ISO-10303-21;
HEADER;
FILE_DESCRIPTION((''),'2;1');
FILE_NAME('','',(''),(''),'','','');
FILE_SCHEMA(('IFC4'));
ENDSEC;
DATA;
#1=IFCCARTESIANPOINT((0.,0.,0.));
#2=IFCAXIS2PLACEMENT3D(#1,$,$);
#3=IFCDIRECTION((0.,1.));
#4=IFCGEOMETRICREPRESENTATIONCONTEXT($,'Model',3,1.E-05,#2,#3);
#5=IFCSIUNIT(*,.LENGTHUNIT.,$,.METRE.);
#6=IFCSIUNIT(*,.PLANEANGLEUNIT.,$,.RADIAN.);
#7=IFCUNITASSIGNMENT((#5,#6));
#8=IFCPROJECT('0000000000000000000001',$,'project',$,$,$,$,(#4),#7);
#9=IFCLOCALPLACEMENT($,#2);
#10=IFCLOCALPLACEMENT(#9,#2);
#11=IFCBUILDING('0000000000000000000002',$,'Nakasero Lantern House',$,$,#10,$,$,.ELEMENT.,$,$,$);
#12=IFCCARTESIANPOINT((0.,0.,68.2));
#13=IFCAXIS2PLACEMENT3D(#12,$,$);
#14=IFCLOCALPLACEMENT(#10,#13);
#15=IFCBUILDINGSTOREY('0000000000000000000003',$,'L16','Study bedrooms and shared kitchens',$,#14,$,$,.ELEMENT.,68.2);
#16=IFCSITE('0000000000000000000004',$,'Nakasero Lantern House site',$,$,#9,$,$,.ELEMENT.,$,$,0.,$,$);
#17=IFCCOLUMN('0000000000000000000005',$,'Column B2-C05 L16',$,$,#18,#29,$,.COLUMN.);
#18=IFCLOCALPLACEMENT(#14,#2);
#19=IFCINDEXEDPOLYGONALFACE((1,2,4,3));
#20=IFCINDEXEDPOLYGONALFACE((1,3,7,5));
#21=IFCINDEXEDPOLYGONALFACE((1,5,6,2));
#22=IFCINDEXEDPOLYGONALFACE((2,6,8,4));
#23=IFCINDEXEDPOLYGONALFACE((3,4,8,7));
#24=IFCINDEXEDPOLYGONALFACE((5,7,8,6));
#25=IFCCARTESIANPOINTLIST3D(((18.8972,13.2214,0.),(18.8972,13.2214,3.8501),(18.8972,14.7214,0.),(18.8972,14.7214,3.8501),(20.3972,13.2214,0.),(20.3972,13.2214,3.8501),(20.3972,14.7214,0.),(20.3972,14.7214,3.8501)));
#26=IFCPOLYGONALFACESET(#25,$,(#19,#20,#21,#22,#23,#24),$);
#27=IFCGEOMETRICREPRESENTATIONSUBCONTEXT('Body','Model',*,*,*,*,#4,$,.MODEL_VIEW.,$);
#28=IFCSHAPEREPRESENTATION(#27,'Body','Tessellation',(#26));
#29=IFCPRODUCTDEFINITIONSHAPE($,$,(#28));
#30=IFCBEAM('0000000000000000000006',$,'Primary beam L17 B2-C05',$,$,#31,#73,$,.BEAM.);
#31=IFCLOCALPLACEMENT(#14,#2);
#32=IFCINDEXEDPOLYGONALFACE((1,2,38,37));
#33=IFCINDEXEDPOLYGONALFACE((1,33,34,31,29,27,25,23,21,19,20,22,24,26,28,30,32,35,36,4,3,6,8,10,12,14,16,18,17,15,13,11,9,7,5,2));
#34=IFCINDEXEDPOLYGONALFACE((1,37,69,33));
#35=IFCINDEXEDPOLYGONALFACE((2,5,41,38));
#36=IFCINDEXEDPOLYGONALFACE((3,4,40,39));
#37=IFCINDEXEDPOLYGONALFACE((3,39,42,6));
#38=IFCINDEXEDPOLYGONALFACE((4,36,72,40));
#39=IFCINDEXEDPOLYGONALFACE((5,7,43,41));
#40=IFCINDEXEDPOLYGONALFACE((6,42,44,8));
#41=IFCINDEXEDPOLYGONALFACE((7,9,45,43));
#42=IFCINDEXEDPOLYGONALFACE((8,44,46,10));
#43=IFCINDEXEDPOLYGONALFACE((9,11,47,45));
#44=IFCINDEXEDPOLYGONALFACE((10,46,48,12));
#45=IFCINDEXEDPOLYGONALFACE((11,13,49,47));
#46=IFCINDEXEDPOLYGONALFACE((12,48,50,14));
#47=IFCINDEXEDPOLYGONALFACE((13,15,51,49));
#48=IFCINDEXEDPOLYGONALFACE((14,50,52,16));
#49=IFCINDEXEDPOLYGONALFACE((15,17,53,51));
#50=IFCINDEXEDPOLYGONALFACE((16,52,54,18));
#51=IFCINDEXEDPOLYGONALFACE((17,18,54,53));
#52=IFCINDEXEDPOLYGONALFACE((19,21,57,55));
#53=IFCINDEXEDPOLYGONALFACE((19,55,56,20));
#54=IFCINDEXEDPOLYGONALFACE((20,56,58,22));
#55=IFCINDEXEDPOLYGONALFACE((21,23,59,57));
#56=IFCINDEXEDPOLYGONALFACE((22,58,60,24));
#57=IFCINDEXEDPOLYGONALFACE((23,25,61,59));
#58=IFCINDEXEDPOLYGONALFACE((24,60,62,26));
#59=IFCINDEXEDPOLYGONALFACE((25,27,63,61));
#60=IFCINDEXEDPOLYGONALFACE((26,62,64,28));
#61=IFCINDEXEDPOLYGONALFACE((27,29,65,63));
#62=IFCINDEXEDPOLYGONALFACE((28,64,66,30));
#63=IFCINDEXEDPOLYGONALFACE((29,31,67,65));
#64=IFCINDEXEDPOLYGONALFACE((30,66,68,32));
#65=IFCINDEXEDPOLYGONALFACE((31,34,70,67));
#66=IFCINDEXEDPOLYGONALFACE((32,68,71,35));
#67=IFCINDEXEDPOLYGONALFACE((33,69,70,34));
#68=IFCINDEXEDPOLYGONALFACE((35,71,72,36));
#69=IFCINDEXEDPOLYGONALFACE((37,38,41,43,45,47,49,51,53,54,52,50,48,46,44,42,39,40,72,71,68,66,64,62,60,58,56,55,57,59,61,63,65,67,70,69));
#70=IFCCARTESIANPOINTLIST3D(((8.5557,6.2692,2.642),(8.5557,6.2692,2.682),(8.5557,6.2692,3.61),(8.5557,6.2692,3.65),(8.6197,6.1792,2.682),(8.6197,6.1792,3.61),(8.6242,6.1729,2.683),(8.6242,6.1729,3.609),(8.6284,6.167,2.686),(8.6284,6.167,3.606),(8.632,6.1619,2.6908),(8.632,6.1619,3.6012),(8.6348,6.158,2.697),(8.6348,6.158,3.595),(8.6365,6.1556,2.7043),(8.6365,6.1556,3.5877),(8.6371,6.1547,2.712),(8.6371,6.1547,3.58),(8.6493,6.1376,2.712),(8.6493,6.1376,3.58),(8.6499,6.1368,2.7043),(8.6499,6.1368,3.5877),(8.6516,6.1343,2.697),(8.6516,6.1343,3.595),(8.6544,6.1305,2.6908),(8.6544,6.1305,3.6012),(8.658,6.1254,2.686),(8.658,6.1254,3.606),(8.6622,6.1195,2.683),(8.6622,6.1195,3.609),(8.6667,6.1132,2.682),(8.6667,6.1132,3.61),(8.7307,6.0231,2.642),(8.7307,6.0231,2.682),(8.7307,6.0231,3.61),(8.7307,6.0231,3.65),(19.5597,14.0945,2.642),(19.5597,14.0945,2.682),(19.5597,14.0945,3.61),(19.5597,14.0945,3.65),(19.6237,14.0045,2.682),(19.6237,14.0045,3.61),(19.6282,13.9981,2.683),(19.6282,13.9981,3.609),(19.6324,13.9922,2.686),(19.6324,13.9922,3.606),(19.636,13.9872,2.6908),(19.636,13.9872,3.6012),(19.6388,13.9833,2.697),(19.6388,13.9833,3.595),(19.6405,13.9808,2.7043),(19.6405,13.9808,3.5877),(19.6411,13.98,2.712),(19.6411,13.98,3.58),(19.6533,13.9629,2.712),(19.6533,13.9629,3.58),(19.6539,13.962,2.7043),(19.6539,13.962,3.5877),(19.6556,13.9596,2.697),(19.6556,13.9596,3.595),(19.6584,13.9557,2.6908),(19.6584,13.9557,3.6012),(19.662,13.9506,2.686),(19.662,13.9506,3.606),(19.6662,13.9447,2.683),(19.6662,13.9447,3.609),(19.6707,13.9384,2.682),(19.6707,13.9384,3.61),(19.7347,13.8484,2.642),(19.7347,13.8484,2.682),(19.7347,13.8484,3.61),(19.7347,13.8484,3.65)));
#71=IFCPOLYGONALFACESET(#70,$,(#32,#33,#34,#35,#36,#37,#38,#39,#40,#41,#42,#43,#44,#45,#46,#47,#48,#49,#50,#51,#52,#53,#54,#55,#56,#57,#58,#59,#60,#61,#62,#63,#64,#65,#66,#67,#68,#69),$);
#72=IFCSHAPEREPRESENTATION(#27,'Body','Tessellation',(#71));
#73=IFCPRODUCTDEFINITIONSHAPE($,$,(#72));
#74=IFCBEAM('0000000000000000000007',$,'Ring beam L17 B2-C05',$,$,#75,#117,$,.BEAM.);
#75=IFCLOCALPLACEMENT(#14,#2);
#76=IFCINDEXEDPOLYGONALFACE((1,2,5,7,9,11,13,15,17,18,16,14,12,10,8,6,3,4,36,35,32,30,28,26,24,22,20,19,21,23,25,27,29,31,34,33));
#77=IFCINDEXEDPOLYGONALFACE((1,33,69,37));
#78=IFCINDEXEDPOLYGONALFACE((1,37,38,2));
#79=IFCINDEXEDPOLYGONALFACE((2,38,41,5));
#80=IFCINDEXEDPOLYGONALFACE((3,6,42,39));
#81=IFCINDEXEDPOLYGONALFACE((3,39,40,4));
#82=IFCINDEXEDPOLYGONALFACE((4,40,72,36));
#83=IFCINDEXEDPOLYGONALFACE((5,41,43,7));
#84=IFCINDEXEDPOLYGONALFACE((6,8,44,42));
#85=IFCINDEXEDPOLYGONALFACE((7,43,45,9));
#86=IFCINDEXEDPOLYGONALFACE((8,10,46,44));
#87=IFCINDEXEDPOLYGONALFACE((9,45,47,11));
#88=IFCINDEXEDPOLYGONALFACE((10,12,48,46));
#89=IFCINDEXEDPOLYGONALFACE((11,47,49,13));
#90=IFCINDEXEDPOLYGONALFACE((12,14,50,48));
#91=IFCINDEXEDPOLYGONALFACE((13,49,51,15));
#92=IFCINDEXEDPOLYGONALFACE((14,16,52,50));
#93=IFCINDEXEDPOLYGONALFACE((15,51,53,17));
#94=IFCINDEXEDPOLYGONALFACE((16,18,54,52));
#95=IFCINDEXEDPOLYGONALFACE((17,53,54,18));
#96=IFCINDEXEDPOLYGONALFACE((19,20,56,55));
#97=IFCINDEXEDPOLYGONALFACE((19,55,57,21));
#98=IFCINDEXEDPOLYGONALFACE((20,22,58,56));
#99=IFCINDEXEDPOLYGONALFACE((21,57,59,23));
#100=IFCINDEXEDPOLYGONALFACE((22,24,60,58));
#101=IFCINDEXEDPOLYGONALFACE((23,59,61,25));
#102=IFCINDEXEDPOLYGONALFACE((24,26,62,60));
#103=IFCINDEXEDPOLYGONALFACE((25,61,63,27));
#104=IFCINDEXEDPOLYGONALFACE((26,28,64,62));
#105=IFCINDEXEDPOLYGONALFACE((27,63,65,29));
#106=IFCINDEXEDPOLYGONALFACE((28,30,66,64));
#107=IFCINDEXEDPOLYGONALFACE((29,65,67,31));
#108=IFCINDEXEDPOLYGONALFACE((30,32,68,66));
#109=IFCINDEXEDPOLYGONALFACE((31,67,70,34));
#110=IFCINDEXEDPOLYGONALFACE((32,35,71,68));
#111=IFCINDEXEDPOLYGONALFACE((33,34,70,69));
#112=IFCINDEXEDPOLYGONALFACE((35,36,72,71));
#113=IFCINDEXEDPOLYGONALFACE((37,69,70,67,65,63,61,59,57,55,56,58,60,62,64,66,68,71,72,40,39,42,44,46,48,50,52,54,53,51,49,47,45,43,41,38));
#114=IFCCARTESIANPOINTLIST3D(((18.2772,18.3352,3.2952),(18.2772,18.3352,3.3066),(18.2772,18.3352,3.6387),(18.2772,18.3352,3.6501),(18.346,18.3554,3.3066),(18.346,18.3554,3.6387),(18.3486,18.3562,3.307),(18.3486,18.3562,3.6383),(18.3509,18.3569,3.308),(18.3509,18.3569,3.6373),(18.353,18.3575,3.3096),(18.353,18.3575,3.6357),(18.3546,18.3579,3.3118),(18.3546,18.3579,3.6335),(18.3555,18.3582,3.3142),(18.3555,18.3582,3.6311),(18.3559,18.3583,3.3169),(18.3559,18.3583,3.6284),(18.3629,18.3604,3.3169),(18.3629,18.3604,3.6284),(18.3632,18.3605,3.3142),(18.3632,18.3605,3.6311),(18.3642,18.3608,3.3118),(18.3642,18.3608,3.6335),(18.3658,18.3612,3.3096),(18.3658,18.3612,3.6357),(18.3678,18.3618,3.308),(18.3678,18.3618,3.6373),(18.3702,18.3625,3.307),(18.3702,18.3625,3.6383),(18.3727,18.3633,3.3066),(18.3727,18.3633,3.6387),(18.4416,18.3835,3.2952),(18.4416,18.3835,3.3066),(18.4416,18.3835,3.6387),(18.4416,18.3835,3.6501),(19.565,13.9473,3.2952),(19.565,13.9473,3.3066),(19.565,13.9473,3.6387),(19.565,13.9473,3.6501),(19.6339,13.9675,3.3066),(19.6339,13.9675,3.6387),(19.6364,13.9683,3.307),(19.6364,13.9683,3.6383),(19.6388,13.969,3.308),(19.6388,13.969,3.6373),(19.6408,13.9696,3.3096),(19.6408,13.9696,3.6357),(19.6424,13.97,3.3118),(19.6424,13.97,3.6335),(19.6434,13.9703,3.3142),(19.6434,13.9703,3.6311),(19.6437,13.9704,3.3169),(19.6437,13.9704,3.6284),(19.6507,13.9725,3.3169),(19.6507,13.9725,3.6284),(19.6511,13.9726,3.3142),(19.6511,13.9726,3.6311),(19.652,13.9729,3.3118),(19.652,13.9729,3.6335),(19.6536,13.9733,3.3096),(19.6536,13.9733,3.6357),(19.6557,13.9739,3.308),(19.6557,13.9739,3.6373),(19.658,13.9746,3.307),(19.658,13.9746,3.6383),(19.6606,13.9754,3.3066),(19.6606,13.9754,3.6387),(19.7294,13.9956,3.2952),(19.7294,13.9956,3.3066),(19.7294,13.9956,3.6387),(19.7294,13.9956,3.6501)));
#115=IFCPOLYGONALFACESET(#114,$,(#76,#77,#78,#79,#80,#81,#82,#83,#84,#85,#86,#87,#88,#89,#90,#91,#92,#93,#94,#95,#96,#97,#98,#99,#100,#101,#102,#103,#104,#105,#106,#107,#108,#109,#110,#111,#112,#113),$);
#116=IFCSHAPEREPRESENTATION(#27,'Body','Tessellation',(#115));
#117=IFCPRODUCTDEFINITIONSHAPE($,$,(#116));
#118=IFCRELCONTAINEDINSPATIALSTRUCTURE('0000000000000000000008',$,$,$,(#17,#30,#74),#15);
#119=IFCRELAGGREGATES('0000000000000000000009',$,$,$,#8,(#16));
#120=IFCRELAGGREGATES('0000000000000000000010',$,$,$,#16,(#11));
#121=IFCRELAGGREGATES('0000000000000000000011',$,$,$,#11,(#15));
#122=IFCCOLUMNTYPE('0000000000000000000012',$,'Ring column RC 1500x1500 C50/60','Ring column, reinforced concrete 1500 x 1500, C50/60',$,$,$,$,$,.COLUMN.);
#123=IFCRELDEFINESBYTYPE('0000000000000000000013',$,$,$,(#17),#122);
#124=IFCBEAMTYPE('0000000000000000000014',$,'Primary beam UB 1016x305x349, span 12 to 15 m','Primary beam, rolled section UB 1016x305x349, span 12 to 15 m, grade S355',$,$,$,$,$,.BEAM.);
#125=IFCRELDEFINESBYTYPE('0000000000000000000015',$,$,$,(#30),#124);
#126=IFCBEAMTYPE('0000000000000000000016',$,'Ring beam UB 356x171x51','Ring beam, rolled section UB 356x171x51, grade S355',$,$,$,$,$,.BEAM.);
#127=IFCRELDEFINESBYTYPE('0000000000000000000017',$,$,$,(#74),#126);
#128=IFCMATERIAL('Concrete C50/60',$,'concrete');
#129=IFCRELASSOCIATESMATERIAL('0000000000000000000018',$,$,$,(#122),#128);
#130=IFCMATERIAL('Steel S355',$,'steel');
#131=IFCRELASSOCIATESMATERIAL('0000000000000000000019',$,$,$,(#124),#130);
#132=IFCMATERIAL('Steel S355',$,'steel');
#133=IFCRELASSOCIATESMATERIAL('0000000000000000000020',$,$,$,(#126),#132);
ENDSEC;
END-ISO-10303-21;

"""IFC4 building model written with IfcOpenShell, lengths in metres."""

from ifc_helpers import new_model, si_unit, direction, frame, origin, origin_2d, place, context, subcontext, project, spatial, rectangle, i_section, extrude, material, material_profile, profile_set, type_object, element, save


model = new_model("IFC4")

# Units and contexts
model_context = context("Model", 3, precision=1e-05, world=origin(), true_north=direction((0.0, 1.0)))
body_context = subcontext(model_context, "Body", "Model", "MODEL_VIEW")
ifc_project = project(units=[si_unit("LENGTHUNIT", "METRE"), si_unit("PLANEANGLEUNIT", "RADIAN")], contexts=[model_context])

# Site, building, storey
site_placement = place(None, origin())
site = spatial("IfcSite", under=ifc_project, at=site_placement, Name="Nakasero Lantern House site", CompositionType="ELEMENT", RefElevation=0.0)
building_placement = place(site_placement, origin())
building = spatial("IfcBuilding", under=site, at=building_placement, Name="Nakasero Lantern House", CompositionType="ELEMENT")
storey_placement = place(building_placement, frame((0.0, 0.0, 68.2)))
storey = spatial("IfcBuildingStorey", under=building, at=storey_placement, Name="L16", Description="Study bedrooms and shared kitchens", CompositionType="ELEMENT", Elevation=68.2)

# Column
ifc_material_1 = material(Name="Concrete C50/60", Category="concrete")
ifc_material_profile_1 = material_profile(ifc_material_1, rectangle(XDim=1.5, YDim=1.5, at=origin_2d()), Name="RC 1500x1500")
ifc_profile_set_1 = profile_set([ifc_material_profile_1], Name="Concrete C50/60")
column_type = type_object("IfcColumnType", Name="Ring column RC 1500x1500 C50/60", Description="Ring column, reinforced concrete 1500 x 1500, C50/60", PredefinedType="COLUMN", material=ifc_profile_set_1)
column_placement = place(storey_placement, frame((19.6472, 13.9714, 0.0), z_axis=(0.0, 0.0, 1.0), x_axis=(1.0, 0.0, 0.0)))
element("IfcColumn", 1, at=column_placement, inside=storey, type_object=column_type, Name="Column B2-C05 L16", PredefinedType="COLUMN", context=body_context, shape_type="SweptSolid", body=[
    extrude(rectangle(XDim=1.5, YDim=1.5, at=origin_2d()), origin(), (0.0, 0.0, 1.0), 3.8501),
])

# Beams
ifc_material_2 = material(Name="Steel S355", Category="steel")
ifc_material_profile_2 = material_profile(ifc_material_2, i_section(OverallWidth=0.302, OverallDepth=1.0081, WebThickness=0.021, FlangeThickness=0.04, FilletRadius=0.03, at=origin_2d()), Name="UB 1016x305x349")
ifc_profile_set_2 = profile_set([ifc_material_profile_2], Name="Steel S355")
beam_type_1 = type_object("IfcBeamType", Name="Primary beam UB 1016x305x349, span 12 to 15 m", Description="Primary beam, rolled section UB 1016x305x349, span 12 to 15 m, grade S355", PredefinedType="BEAM", material=ifc_profile_set_2)
beam_1_placement = place(storey_placement, frame((19.6472, 13.9714, 3.146), z_axis=(-0.814948, -0.579533, 0.0), x_axis=(0.579533, -0.814948, 0.0)))
element("IfcBeam", 2, at=beam_1_placement, inside=storey, type_object=beam_type_1, Name="Primary beam L17 B2-C05", PredefinedType="BEAM", context=body_context, shape_type="SweptSolid", body=[
    extrude(i_section(OverallWidth=0.302, OverallDepth=1.0081, WebThickness=0.021, FlangeThickness=0.04, FilletRadius=0.03, at=origin_2d()), origin(), (0.0, 0.0, 1.0), 13.5027),
])
ifc_material_3 = material(Name="Steel S355", Category="steel")
ifc_material_profile_3 = material_profile(ifc_material_3, i_section(OverallWidth=0.1714, OverallDepth=0.355, WebThickness=0.0073, FlangeThickness=0.0115, FilletRadius=0.0103, at=origin_2d()), Name="UB 356x171x51")
ifc_profile_set_3 = profile_set([ifc_material_profile_3], Name="Steel S355")
beam_type_2 = type_object("IfcBeamType", Name="Ring beam UB 356x171x51", Description="Ring beam, rolled section UB 356x171x51, grade S355", PredefinedType="BEAM", material=ifc_profile_set_3)
beam_2_placement = place(storey_placement, frame((19.6472, 13.9714, 3.4727), z_axis=(-0.281617, 0.959527, 0.0), x_axis=(-0.959527, -0.281617, 0.0)))
element("IfcBeam", 3, at=beam_2_placement, inside=storey, type_object=beam_type_2, Name="Ring beam L17 B2-C05", PredefinedType="BEAM", context=body_context, shape_type="SweptSolid", body=[
    extrude(i_section(OverallWidth=0.1714, OverallDepth=0.355, WebThickness=0.0073, FlangeThickness=0.0115, FilletRadius=0.0103, at=origin_2d()), origin(), (0.0, 0.0, 1.0), 4.573),
])

save(model, "model.ifc")
